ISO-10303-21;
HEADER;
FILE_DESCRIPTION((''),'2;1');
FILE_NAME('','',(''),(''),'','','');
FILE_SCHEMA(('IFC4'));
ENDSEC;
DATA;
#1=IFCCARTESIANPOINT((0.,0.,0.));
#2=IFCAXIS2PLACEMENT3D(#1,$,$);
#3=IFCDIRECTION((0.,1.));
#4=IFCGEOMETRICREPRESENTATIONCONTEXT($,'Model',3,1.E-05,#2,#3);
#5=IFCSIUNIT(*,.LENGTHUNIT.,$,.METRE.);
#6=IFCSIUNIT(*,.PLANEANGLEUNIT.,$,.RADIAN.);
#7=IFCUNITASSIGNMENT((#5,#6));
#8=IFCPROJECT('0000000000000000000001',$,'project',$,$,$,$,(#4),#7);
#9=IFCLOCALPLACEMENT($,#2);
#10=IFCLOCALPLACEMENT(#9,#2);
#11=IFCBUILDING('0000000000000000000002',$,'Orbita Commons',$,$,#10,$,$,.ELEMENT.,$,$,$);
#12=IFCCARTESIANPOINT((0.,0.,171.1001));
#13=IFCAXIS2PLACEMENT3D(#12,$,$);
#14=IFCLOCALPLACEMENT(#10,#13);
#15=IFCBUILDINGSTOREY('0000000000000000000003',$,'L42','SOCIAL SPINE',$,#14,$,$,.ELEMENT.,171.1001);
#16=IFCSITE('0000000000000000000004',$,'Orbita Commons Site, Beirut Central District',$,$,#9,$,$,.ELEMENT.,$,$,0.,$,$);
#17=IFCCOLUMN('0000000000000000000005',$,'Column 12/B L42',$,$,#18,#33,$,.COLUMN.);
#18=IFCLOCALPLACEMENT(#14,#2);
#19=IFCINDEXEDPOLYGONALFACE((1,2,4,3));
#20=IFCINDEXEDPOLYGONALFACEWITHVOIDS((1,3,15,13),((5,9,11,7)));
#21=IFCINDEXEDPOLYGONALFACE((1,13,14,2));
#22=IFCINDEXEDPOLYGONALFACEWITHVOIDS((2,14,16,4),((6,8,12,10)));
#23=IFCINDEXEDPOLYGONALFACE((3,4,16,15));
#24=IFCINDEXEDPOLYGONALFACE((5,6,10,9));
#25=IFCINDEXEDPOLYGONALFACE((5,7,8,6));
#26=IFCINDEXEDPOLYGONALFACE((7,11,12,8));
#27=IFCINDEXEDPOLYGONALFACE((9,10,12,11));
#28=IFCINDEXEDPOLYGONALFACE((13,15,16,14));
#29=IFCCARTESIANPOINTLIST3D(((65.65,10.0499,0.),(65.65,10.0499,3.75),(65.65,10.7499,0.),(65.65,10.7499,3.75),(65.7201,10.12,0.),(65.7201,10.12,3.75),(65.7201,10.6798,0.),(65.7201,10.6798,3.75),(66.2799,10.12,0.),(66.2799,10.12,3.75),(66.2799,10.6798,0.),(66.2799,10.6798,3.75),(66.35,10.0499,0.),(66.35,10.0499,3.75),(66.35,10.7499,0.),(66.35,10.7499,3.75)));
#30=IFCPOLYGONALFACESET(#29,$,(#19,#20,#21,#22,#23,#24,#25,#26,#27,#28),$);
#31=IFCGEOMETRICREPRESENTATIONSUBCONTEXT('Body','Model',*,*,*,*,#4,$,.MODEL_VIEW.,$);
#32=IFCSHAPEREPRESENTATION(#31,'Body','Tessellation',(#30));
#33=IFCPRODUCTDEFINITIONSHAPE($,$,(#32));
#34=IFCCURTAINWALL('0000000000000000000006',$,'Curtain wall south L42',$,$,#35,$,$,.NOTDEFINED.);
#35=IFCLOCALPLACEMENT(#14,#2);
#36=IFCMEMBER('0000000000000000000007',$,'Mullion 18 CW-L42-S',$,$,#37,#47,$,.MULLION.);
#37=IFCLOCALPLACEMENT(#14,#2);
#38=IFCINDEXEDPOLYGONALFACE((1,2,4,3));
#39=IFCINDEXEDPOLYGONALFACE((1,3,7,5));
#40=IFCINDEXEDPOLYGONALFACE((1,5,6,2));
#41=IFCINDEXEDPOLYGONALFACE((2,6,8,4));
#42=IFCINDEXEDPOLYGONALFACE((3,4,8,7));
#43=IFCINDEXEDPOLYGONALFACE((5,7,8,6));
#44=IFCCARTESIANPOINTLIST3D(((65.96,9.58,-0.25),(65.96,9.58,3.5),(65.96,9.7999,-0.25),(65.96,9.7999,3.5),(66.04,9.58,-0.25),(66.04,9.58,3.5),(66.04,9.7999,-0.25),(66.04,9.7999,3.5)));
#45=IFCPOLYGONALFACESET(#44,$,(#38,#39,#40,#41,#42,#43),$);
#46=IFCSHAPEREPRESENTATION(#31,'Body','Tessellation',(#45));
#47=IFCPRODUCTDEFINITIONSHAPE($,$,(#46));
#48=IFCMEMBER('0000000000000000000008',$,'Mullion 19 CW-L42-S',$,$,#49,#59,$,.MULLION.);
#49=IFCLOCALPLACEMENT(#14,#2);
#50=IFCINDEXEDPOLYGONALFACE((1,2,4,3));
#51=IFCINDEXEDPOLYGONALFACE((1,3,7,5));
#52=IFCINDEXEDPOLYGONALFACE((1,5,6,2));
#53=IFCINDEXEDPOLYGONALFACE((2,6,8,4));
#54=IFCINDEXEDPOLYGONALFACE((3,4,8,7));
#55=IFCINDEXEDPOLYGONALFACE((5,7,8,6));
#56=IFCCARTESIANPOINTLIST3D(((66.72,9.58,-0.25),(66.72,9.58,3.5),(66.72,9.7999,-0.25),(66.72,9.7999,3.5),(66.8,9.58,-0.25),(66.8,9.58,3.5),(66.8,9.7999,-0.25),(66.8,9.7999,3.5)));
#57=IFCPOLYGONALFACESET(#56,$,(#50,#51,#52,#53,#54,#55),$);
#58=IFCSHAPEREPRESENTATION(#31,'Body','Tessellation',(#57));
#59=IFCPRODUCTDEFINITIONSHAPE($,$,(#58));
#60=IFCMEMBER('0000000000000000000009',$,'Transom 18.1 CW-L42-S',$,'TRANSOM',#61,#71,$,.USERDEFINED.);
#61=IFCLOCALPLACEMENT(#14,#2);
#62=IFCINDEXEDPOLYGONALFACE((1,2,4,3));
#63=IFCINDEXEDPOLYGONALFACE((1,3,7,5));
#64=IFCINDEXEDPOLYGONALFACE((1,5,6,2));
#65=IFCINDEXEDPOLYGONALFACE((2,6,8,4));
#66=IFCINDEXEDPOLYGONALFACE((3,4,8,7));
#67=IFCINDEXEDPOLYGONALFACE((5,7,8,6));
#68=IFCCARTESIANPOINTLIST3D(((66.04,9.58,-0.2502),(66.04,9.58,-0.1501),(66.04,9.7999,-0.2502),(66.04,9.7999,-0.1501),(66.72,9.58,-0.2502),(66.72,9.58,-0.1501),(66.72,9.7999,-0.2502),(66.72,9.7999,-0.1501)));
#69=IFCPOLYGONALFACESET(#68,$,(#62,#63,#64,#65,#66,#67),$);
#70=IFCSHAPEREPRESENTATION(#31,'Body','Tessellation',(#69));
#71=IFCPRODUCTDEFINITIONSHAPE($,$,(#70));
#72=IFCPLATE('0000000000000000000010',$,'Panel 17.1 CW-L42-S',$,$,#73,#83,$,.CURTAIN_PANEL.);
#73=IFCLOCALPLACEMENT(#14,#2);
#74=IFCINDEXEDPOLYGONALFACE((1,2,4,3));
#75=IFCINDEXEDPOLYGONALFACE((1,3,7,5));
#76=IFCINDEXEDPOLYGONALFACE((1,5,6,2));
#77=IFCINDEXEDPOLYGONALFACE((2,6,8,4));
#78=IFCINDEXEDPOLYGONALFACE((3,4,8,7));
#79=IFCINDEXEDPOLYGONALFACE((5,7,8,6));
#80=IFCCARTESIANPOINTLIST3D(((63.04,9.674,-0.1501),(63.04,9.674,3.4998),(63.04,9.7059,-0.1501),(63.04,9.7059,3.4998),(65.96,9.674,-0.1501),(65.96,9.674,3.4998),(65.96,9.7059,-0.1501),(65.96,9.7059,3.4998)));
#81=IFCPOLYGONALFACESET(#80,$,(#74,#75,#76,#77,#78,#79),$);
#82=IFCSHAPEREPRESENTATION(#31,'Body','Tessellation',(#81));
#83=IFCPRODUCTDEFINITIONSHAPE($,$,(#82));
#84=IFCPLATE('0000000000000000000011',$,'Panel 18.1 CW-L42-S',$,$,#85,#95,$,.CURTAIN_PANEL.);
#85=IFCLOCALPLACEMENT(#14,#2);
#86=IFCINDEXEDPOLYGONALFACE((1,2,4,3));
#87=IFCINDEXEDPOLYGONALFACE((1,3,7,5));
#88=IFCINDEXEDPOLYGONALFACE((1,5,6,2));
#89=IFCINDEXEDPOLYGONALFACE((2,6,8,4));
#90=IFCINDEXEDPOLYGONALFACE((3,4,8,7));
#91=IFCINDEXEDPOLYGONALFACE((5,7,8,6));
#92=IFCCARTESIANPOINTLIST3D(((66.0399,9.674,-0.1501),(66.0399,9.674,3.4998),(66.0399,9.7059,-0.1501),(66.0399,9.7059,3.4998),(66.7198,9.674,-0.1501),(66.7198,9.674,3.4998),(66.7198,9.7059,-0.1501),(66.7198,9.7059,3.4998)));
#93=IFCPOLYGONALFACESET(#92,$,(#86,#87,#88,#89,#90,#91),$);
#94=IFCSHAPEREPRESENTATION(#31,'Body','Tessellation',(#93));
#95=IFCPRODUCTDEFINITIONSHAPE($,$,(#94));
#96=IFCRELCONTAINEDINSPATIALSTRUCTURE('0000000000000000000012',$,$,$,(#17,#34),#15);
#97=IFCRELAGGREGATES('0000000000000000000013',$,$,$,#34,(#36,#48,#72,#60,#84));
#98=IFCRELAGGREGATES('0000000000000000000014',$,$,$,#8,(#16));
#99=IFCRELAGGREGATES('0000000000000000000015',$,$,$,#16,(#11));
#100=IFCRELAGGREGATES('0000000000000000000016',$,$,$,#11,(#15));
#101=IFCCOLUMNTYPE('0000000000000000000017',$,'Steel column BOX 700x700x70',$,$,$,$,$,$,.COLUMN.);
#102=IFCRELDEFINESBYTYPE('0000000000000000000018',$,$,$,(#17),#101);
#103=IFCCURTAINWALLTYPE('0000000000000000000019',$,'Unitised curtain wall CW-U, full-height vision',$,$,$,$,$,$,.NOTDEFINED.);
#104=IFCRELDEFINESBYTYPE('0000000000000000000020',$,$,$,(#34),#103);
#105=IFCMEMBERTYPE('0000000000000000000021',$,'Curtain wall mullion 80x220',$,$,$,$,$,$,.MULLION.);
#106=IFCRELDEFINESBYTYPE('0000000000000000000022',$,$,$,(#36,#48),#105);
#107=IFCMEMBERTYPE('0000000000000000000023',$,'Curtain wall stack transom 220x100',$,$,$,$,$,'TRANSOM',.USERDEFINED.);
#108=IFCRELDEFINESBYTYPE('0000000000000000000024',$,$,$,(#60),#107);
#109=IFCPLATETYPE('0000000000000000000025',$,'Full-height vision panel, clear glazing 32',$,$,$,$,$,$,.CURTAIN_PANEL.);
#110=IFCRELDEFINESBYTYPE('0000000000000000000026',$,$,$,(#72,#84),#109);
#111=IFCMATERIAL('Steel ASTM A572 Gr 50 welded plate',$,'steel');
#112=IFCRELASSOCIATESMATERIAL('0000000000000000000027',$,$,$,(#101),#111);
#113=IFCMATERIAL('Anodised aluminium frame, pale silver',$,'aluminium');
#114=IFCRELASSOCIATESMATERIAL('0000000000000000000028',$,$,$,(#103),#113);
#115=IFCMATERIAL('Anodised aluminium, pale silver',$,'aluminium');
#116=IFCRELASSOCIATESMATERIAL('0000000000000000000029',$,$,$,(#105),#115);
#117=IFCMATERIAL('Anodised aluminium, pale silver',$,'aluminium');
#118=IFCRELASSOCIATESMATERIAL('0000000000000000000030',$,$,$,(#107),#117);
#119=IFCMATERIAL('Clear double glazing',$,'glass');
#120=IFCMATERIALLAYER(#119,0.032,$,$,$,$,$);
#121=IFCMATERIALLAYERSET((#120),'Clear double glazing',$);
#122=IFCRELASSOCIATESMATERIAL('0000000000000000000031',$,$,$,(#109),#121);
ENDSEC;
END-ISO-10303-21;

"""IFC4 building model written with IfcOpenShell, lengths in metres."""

from ifc_helpers import new_model, si_unit, direction, frame, origin, origin_2d, place, context, subcontext, project, spatial, rectangle, hollow_rectangle, extrude, material, layer, layer_set, material_profile, profile_set, type_object, element, aggregate, save


model = new_model("IFC4")

# Units and contexts
model_context = context("Model", 3, precision=1e-05, world=origin(), true_north=direction((0.0, 1.0)))
body_context = subcontext(model_context, "Body", "Model", "MODEL_VIEW")
ifc_project = project(units=[si_unit("LENGTHUNIT", "METRE"), si_unit("PLANEANGLEUNIT", "RADIAN")], contexts=[model_context])

# Site, building, storey
site_placement = place(None, origin())
site = spatial("IfcSite", under=ifc_project, at=site_placement, Name="Orbita Commons Site, Beirut Central District", CompositionType="ELEMENT", RefElevation=0.0)
building_placement = place(site_placement, origin())
building = spatial("IfcBuilding", under=site, at=building_placement, Name="Orbita Commons", CompositionType="ELEMENT")
storey_placement = place(building_placement, frame((0.0, 0.0, 171.1001)))
storey = spatial("IfcBuildingStorey", under=building, at=storey_placement, Name="L42", Description="SOCIAL SPINE", CompositionType="ELEMENT", Elevation=171.1001)

# Column
ifc_material_1 = material(Name="Steel ASTM A572 Gr 50 welded plate", Category="steel")
ifc_material_profile_1 = material_profile(ifc_material_1, hollow_rectangle(XDim=0.7, YDim=0.7, WallThickness=0.0701, at=origin_2d()), Name="BOX 700x700x70")
ifc_profile_set_1 = profile_set([ifc_material_profile_1], Name="Steel ASTM A572 Gr 50 welded plate")
column_type = type_object("IfcColumnType", Name="Steel column BOX 700x700x70", PredefinedType="COLUMN", material=ifc_profile_set_1)
column_placement = place(storey_placement, frame((66.0, 10.3999, 0.0), z_axis=(0.0, 0.0, 1.0), x_axis=(1.0, 0.0, 0.0)))
element("IfcColumn", 1, at=column_placement, inside=storey, type_object=column_type, Name="Column 12/B L42", PredefinedType="COLUMN", context=body_context, shape_type="SweptSolid", body=[
    extrude(hollow_rectangle(XDim=0.7, YDim=0.7, WallThickness=0.0701, at=origin_2d()), origin(), (0.0, 0.0, 1.0), 3.75),
])

# Curtain wall, members, plates
ifc_material_2 = material(Name="Anodised aluminium frame, pale silver", Category="aluminium")
curtain_wall_type = type_object("IfcCurtainWallType", Name="Unitised curtain wall CW-U, full-height vision", PredefinedType="NOTDEFINED", material=ifc_material_2)
curtain_wall_placement = place(storey_placement, origin())
curtain_wall = element("IfcCurtainWall", 2, at=curtain_wall_placement, inside=storey, type_object=curtain_wall_type, Name="Curtain wall south L42", PredefinedType="NOTDEFINED")
ifc_material_3 = material(Name="Anodised aluminium, pale silver", Category="aluminium")
ifc_material_profile_2 = material_profile(ifc_material_3, rectangle(XDim=0.0801, YDim=0.22, at=origin_2d()), Name="AL 80x220")
ifc_profile_set_2 = profile_set([ifc_material_profile_2], Name="Anodised aluminium, pale silver")
member_type_1 = type_object("IfcMemberType", Name="Curtain wall mullion 80x220", PredefinedType="MULLION", material=ifc_profile_set_2)
member_1_placement = place(storey_placement, frame((66.0, 9.6899, -0.25), z_axis=(0.0, 0.0, 1.0), x_axis=(1.0, 0.0, 0.0)))
member_1 = element("IfcMember", 3, at=member_1_placement, type_object=member_type_1, Name="Mullion 18 CW-L42-S", PredefinedType="MULLION", context=body_context, shape_type="SweptSolid", body=[
    extrude(rectangle(XDim=0.0801, YDim=0.22, at=origin_2d()), origin(), (0.0, 0.0, 1.0), 3.75),
])
member_2_placement = place(storey_placement, frame((66.76, 9.6899, -0.25), z_axis=(0.0, 0.0, 1.0), x_axis=(1.0, 0.0, 0.0)))
member_2 = element("IfcMember", 4, at=member_2_placement, type_object=member_type_1, Name="Mullion 19 CW-L42-S", PredefinedType="MULLION", context=body_context, shape_type="SweptSolid", body=[
    extrude(rectangle(XDim=0.0801, YDim=0.22, at=origin_2d()), origin(), (0.0, 0.0, 1.0), 3.75),
])
ifc_material_4 = material(Name="Anodised aluminium, pale silver", Category="aluminium")
ifc_material_profile_3 = material_profile(ifc_material_4, rectangle(XDim=0.22, YDim=0.1001, at=origin_2d()), Name="AL 220x100")
ifc_profile_set_3 = profile_set([ifc_material_profile_3], Name="Anodised aluminium, pale silver")
member_type_2 = type_object("IfcMemberType", Name="Curtain wall stack transom 220x100", ElementType="TRANSOM", PredefinedType="USERDEFINED", material=ifc_profile_set_3)
member_3_placement = place(storey_placement, frame((66.04, 9.6899, -0.2002), z_axis=(1.0, 0.0, 0.0), x_axis=(0.0, 1.0, 0.0)))
member_3 = element("IfcMember", 5, at=member_3_placement, type_object=member_type_2, Name="Transom 18.1 CW-L42-S", ObjectType="TRANSOM", PredefinedType="USERDEFINED", context=body_context, shape_type="SweptSolid", body=[
    extrude(rectangle(XDim=0.22, YDim=0.1001, at=origin_2d()), origin(), (0.0, 0.0, 1.0), 0.6799),
])
ifc_material_5 = material(Name="Clear double glazing", Category="glass")
ifc_layer_1 = layer(ifc_material_5, 0.032)
ifc_layer_set_1 = layer_set([ifc_layer_1], Name="Clear double glazing")
plate_type = type_object("IfcPlateType", Name="Full-height vision panel, clear glazing 32", PredefinedType="CURTAIN_PANEL", material=ifc_layer_set_1)
plate_1_placement = place(storey_placement, frame((64.5, 9.6899, -0.1501), z_axis=(0.0, 0.0, 1.0), x_axis=(1.0, 0.0, 0.0)))
plate_1 = element("IfcPlate", 6, at=plate_1_placement, type_object=plate_type, Name="Panel 17.1 CW-L42-S", PredefinedType="CURTAIN_PANEL", context=body_context, shape_type="SweptSolid", body=[
    extrude(rectangle(XDim=2.9199, YDim=0.032, at=origin_2d()), origin(), (0.0, 0.0, 1.0), 3.6499),
])
plate_2_placement = place(storey_placement, frame((66.3799, 9.6899, -0.1501), z_axis=(0.0, 0.0, 1.0), x_axis=(1.0, 0.0, 0.0)))
plate_2 = element("IfcPlate", 7, at=plate_2_placement, type_object=plate_type, Name="Panel 18.1 CW-L42-S", PredefinedType="CURTAIN_PANEL", context=body_context, shape_type="SweptSolid", body=[
    extrude(rectangle(XDim=0.6799, YDim=0.032, at=origin_2d()), origin(), (0.0, 0.0, 1.0), 3.6499),
])
aggregate(curtain_wall, [member_1, member_2, plate_1, member_3, plate_2])

save(model, "model.ifc")
